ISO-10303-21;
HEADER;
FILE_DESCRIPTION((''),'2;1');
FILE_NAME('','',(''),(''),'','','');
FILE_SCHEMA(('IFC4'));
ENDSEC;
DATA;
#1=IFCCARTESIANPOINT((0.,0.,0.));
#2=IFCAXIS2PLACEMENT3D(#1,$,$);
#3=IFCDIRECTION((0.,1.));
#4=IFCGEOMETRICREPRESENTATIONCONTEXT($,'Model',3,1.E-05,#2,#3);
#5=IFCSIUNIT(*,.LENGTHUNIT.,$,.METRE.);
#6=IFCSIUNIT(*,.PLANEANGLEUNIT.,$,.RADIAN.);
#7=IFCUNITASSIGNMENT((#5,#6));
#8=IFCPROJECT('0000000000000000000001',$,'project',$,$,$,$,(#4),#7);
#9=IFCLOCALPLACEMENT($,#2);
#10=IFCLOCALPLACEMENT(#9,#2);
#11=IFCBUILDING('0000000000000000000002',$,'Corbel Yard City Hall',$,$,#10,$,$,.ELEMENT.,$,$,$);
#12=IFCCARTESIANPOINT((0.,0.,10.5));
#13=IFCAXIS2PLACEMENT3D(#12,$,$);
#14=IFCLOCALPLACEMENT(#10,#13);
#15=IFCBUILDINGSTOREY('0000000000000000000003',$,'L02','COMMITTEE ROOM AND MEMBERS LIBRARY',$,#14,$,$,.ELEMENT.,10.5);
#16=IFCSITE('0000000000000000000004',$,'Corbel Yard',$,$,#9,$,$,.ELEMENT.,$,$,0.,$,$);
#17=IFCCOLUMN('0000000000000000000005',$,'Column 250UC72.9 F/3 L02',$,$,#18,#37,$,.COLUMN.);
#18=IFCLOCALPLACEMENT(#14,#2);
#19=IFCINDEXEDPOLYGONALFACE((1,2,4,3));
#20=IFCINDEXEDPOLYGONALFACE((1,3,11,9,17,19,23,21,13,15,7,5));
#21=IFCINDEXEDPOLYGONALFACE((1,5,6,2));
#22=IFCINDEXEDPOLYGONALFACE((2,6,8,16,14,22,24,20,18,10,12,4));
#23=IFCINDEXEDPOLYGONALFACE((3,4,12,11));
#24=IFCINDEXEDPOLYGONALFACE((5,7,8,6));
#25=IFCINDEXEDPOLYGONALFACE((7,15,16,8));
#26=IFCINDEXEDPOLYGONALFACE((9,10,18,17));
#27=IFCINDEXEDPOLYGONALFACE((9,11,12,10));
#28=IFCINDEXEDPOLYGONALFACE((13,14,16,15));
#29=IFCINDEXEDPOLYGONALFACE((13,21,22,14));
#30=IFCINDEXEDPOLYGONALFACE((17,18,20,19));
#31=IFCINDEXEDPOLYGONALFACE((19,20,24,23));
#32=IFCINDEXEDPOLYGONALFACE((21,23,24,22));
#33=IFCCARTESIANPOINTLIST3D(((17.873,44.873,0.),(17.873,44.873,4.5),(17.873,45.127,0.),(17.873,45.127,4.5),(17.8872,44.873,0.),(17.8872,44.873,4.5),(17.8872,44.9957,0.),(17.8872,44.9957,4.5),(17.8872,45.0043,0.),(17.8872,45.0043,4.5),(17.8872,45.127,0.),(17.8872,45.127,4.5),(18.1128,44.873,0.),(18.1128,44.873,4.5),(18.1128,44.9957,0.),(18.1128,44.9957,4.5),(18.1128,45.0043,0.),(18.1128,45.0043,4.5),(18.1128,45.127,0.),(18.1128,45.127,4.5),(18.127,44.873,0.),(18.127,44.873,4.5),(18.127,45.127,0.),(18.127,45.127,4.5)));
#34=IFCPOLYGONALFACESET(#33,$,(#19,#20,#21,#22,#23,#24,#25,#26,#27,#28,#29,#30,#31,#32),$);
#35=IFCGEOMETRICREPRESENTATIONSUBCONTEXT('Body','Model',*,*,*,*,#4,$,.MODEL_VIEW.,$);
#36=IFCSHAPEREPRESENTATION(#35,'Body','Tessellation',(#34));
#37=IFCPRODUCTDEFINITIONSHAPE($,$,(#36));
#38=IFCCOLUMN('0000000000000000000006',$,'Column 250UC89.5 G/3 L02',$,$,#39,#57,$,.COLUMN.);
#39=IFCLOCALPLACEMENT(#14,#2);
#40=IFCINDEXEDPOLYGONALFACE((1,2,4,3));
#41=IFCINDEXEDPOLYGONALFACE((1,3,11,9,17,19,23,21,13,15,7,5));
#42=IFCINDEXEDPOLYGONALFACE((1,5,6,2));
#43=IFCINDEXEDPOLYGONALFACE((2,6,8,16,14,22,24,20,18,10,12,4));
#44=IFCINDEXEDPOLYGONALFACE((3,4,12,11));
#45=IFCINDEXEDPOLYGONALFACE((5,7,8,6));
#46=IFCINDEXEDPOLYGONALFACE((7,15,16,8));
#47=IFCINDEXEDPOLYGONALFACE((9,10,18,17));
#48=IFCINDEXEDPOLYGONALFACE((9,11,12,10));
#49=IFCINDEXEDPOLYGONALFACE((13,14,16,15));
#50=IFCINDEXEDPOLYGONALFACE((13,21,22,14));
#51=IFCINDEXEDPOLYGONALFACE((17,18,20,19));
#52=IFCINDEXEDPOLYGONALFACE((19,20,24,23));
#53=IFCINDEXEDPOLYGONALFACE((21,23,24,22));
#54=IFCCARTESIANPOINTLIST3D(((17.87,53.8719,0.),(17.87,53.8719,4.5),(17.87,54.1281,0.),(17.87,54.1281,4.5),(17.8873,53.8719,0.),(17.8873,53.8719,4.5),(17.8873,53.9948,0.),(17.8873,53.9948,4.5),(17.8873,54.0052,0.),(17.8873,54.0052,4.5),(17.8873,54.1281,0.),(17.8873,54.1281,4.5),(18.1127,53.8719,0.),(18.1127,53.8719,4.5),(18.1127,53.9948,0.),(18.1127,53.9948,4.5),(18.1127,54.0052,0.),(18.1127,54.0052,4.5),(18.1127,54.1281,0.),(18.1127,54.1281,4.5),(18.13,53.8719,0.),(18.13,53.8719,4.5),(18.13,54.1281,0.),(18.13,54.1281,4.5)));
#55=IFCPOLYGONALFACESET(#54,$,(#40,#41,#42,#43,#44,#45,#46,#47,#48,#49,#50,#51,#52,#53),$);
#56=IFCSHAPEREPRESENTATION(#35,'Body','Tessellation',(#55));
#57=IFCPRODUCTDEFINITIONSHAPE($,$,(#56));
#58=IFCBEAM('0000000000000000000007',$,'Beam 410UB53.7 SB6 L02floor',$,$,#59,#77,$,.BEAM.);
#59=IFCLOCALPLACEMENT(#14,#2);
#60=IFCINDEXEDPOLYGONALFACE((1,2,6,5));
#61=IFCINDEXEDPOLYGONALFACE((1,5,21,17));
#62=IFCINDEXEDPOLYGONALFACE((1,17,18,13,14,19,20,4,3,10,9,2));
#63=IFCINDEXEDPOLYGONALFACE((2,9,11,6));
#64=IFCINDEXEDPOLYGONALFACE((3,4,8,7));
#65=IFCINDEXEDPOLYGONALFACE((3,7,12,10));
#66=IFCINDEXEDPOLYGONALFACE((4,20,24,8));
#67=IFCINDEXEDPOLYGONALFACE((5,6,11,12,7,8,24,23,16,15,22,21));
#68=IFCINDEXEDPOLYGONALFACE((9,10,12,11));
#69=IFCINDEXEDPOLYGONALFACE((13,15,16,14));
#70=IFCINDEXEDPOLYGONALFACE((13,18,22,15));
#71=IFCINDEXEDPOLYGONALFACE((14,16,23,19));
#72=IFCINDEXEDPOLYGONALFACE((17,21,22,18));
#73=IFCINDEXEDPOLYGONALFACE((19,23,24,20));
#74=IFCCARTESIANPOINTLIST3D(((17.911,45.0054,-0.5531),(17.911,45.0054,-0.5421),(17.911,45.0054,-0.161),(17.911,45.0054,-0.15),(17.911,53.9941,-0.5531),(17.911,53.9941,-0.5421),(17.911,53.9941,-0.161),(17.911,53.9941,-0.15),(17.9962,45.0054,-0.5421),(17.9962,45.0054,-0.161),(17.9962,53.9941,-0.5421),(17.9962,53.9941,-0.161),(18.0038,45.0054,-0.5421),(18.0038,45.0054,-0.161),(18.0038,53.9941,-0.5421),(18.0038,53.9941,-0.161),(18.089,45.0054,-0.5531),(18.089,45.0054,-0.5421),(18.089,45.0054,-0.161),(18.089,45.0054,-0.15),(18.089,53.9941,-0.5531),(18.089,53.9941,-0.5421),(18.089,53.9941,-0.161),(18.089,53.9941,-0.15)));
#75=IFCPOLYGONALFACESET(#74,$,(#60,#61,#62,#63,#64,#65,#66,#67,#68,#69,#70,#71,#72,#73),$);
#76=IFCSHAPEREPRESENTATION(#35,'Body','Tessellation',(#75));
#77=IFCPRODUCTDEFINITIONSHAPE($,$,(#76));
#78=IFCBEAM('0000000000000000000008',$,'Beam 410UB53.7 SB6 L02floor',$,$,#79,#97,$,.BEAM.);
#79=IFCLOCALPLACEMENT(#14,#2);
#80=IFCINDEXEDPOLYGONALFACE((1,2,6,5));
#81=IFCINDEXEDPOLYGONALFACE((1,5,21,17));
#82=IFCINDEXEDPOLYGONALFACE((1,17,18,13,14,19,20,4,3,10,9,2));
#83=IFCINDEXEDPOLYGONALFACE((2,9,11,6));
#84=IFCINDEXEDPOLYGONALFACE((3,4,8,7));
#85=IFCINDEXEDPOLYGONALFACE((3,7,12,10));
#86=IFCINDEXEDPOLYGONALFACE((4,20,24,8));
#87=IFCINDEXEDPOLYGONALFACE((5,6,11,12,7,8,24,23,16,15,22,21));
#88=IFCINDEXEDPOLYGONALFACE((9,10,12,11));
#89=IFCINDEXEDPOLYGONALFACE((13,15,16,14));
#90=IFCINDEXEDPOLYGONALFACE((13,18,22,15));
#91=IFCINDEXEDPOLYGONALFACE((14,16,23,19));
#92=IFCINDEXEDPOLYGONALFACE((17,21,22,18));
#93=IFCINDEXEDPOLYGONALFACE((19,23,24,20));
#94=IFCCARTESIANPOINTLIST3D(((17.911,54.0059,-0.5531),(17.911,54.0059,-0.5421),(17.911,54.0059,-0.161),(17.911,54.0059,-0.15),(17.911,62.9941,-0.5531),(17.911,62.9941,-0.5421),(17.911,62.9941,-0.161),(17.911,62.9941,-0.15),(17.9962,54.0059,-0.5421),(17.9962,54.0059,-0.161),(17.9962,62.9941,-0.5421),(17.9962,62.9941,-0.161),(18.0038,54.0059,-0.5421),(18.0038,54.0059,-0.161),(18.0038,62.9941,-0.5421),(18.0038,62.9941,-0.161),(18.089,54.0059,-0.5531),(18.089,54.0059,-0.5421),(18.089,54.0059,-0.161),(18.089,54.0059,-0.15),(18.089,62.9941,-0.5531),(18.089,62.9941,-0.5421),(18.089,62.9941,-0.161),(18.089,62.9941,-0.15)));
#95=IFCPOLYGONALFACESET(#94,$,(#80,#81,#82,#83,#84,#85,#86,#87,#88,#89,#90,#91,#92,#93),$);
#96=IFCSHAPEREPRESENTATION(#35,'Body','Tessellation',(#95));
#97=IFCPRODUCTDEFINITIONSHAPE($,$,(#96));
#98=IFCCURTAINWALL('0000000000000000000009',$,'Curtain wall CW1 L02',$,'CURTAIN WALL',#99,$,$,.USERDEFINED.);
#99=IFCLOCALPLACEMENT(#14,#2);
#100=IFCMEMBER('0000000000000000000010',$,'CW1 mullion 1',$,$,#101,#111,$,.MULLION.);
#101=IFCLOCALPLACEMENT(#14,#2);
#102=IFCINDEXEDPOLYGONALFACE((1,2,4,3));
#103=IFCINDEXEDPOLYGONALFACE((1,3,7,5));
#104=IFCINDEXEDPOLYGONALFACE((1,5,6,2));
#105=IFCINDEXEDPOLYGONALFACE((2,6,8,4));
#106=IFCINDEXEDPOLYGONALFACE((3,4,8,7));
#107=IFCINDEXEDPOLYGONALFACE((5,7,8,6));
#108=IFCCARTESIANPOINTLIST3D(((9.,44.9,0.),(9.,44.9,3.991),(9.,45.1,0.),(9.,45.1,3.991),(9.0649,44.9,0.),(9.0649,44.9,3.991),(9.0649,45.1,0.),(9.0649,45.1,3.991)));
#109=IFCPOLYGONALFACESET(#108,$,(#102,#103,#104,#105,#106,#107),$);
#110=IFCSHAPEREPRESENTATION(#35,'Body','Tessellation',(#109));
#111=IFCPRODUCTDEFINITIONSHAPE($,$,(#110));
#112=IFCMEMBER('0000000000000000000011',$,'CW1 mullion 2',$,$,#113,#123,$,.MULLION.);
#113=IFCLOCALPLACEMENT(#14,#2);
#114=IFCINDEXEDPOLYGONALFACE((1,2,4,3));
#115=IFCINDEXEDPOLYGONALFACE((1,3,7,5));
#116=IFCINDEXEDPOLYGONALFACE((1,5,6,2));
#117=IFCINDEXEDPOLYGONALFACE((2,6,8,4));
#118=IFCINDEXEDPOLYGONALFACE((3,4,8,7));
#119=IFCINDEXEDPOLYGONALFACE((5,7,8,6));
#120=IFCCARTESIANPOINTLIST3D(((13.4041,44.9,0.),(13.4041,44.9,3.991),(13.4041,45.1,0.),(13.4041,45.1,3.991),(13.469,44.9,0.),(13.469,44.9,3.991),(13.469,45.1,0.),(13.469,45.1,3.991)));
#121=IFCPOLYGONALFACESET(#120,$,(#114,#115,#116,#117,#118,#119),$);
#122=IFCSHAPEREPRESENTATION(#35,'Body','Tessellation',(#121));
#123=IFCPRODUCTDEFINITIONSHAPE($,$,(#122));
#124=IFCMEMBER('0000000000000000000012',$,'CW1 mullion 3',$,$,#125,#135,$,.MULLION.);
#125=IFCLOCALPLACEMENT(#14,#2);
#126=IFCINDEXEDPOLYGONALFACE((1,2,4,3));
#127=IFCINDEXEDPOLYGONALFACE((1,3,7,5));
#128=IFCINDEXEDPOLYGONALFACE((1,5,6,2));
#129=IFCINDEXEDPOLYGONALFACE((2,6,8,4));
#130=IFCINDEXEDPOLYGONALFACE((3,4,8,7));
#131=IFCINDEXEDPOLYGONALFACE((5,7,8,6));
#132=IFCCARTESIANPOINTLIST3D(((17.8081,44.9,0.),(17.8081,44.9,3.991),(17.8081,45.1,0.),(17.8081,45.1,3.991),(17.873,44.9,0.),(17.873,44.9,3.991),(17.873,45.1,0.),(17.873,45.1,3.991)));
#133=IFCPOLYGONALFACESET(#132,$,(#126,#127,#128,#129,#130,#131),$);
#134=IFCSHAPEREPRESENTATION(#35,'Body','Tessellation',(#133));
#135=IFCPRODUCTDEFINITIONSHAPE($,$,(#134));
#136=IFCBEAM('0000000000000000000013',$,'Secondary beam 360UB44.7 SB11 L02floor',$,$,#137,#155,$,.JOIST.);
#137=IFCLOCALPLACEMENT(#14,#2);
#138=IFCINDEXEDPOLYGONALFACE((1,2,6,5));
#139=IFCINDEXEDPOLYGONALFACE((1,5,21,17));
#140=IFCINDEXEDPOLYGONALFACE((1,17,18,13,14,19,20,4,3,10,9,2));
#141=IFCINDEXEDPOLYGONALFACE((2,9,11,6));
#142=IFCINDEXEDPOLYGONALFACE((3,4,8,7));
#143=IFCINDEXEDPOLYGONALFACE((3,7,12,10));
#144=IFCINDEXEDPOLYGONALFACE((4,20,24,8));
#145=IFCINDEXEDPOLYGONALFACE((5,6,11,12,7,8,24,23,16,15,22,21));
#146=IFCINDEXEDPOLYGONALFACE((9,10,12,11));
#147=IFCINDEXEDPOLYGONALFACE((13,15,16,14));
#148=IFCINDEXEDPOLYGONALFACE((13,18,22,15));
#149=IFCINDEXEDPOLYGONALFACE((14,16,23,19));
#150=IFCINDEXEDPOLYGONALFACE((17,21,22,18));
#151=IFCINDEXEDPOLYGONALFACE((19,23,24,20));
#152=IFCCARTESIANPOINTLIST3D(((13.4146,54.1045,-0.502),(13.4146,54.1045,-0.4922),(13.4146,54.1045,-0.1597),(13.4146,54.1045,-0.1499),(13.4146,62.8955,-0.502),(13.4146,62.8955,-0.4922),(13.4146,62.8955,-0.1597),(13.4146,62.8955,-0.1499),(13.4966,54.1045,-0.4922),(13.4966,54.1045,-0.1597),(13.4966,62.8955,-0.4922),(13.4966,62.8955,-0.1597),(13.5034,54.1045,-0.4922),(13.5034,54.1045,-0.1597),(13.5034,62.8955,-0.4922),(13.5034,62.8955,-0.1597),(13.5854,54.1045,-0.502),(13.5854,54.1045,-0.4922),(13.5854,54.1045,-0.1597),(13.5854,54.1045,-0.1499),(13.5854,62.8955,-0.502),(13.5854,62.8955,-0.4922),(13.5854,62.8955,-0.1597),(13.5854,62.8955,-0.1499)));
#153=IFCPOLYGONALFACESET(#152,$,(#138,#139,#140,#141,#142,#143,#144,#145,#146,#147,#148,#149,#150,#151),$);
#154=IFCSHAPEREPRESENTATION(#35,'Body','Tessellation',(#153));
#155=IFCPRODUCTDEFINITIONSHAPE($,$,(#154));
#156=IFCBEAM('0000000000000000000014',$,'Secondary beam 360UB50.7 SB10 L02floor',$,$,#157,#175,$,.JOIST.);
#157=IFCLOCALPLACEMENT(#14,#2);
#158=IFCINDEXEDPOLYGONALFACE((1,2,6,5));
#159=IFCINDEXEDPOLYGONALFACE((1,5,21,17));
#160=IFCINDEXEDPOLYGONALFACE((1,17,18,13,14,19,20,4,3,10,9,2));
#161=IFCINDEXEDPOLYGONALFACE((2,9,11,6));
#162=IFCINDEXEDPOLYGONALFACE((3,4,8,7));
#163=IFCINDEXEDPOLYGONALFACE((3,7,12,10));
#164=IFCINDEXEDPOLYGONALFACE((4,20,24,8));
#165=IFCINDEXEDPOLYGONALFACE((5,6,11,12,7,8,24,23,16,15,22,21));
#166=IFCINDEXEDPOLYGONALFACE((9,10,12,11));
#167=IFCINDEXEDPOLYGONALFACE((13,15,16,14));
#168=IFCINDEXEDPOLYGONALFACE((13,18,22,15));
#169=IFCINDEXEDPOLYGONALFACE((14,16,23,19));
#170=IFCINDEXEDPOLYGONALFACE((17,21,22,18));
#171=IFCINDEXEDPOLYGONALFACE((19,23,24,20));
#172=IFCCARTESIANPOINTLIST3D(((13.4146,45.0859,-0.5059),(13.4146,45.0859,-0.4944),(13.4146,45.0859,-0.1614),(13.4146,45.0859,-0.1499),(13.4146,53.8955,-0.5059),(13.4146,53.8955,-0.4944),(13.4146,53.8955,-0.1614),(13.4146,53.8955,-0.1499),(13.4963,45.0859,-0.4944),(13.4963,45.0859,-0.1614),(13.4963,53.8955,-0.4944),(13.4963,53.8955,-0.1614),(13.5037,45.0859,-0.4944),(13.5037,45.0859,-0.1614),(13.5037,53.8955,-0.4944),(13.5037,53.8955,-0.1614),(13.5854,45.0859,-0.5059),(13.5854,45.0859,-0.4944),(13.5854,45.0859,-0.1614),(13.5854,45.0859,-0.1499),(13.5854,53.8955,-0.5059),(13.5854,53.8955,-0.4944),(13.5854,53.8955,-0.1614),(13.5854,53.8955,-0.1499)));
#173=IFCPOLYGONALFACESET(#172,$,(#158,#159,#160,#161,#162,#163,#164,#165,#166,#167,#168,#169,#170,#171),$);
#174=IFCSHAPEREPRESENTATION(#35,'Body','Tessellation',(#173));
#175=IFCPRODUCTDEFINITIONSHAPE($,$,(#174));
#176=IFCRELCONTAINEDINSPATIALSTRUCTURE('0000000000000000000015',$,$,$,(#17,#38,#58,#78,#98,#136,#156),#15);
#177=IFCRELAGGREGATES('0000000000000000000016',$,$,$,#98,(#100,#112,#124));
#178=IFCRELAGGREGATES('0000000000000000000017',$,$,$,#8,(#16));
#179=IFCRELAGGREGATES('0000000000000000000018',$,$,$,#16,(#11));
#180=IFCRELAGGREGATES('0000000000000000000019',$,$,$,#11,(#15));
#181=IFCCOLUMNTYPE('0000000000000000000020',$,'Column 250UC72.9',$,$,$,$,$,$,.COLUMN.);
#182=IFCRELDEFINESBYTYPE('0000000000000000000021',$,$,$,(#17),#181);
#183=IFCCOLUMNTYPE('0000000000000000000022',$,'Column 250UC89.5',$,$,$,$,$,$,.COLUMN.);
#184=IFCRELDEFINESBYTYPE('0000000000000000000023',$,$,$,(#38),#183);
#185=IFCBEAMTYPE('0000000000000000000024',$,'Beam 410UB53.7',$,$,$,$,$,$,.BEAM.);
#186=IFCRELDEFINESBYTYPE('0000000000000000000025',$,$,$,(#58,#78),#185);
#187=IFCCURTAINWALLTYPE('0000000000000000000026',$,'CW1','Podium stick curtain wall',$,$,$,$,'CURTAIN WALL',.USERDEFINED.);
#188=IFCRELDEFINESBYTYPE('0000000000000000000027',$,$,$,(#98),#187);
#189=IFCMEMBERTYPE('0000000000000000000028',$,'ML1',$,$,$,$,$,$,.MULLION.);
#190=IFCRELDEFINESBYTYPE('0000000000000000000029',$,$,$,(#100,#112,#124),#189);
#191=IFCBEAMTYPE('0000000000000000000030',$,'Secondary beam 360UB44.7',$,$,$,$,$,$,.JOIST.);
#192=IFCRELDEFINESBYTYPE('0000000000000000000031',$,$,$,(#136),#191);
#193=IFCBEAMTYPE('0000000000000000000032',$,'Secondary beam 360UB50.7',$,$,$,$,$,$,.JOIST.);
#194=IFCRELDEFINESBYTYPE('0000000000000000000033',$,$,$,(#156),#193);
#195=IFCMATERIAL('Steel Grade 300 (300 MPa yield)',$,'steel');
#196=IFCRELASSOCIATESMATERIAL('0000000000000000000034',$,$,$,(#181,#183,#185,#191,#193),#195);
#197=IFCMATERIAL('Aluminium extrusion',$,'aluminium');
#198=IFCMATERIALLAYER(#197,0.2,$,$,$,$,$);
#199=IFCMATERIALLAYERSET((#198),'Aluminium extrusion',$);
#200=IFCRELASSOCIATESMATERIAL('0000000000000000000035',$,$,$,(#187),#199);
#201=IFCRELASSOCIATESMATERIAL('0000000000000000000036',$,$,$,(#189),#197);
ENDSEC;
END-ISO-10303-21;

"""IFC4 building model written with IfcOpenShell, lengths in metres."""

from ifc_helpers import new_model, si_unit, direction, frame, origin, origin_2d, place, context, subcontext, project, spatial, rectangle, i_section, extrude, material, layer, layer_set, material_profile, profile_set, type_object, element, aggregate, save


model = new_model("IFC4")

# Units and contexts
model_context = context("Model", 3, precision=1e-05, world=origin(), true_north=direction((0.0, 1.0)))
body_context = subcontext(model_context, "Body", "Model", "MODEL_VIEW")
ifc_project = project(units=[si_unit("LENGTHUNIT", "METRE"), si_unit("PLANEANGLEUNIT", "RADIAN")], contexts=[model_context])

# Site, building, storey
site_placement = place(None, origin())
site = spatial("IfcSite", under=ifc_project, at=site_placement, Name="Corbel Yard", CompositionType="ELEMENT", RefElevation=0.0)
building_placement = place(site_placement, origin())
building = spatial("IfcBuilding", under=site, at=building_placement, Name="Corbel Yard City Hall", CompositionType="ELEMENT")
storey_placement = place(building_placement, frame((0.0, 0.0, 10.5)))
storey = spatial("IfcBuildingStorey", under=building, at=storey_placement, Name="L02", Description="COMMITTEE ROOM AND MEMBERS LIBRARY", CompositionType="ELEMENT", Elevation=10.5)

# Columns
ifc_material_1 = material(Name="Steel Grade 300 (300 MPa yield)", Category="steel")
ifc_material_profile_1 = material_profile(ifc_material_1, i_section(OverallWidth=0.2539, OverallDepth=0.2539, WebThickness=0.0085, FlangeThickness=0.0142, at=origin_2d()), Name="250UC72.9")
ifc_profile_set_1 = profile_set([ifc_material_profile_1], Name="Steel Grade 300 (300 MPa yield)")
column_type_1 = type_object("IfcColumnType", Name="Column 250UC72.9", PredefinedType="COLUMN", material=ifc_profile_set_1)
column_1_placement = place(storey_placement, frame((18.0, 45.0, 0.0), z_axis=(0.0, 0.0, 1.0), x_axis=(0.0, 1.0, 0.0)))
element("IfcColumn", 1, at=column_1_placement, inside=storey, type_object=column_type_1, Name="Column 250UC72.9 F/3 L02", PredefinedType="COLUMN", context=body_context, shape_type="SweptSolid", body=[
    extrude(i_section(OverallWidth=0.2539, OverallDepth=0.2539, WebThickness=0.0085, FlangeThickness=0.0142, at=origin_2d()), origin(), (0.0, 0.0, 1.0), 4.5),
])
ifc_material_profile_2 = material_profile(ifc_material_1, i_section(OverallWidth=0.2561, OverallDepth=0.26, WebThickness=0.0105, FlangeThickness=0.0173, at=origin_2d()), Name="250UC89.5")
ifc_profile_set_2 = profile_set([ifc_material_profile_2], Name="Steel Grade 300 (300 MPa yield)")
column_type_2 = type_object("IfcColumnType", Name="Column 250UC89.5", PredefinedType="COLUMN", material=ifc_profile_set_2)
column_2_placement = place(storey_placement, frame((18.0, 54.0, 0.0), z_axis=(0.0, 0.0, 1.0), x_axis=(0.0, 1.0, 0.0)))
element("IfcColumn", 2, at=column_2_placement, inside=storey, type_object=column_type_2, Name="Column 250UC89.5 G/3 L02", PredefinedType="COLUMN", context=body_context, shape_type="SweptSolid", body=[
    extrude(i_section(OverallWidth=0.2561, OverallDepth=0.26, WebThickness=0.0105, FlangeThickness=0.0173, at=origin_2d()), origin(), (0.0, 0.0, 1.0), 4.5),
])

# Beams
ifc_material_profile_3 = material_profile(ifc_material_1, i_section(OverallWidth=0.178, OverallDepth=0.4031, WebThickness=0.0076, FlangeThickness=0.011, at=origin_2d()), Name="410UB53.7")
ifc_profile_set_3 = profile_set([ifc_material_profile_3], Name="Steel Grade 300 (300 MPa yield)")
beam_type_1 = type_object("IfcBeamType", Name="Beam 410UB53.7", PredefinedType="BEAM", material=ifc_profile_set_3)
beam_1_placement = place(storey_placement, frame((18.0, 45.0054, -0.3516), z_axis=(0.0, 1.0, 0.0), x_axis=(-1.0, 0.0, 0.0)))
element("IfcBeam", 3, at=beam_1_placement, inside=storey, type_object=beam_type_1, Name="Beam 410UB53.7 SB6 L02floor", PredefinedType="BEAM", context=body_context, shape_type="SweptSolid", body=[
    extrude(i_section(OverallWidth=0.178, OverallDepth=0.4031, WebThickness=0.0076, FlangeThickness=0.011, at=origin_2d()), origin(), (0.0, 0.0, 1.0), 8.9888),
])
beam_2_placement = place(storey_placement, frame((18.0, 54.0059, -0.3516), z_axis=(0.0, 1.0, 0.0), x_axis=(-1.0, 0.0, 0.0)))
element("IfcBeam", 4, at=beam_2_placement, inside=storey, type_object=beam_type_1, Name="Beam 410UB53.7 SB6 L02floor", PredefinedType="BEAM", context=body_context, shape_type="SweptSolid", body=[
    extrude(i_section(OverallWidth=0.178, OverallDepth=0.4031, WebThickness=0.0076, FlangeThickness=0.011, at=origin_2d()), origin(), (0.0, 0.0, 1.0), 8.9883),
])

# Curtain wall, members
ifc_material_2 = material(Name="Aluminium extrusion", Category="aluminium")
ifc_layer_1 = layer(ifc_material_2, 0.2)
ifc_layer_set_1 = layer_set([ifc_layer_1], Name="Aluminium extrusion")
curtain_wall_type = type_object("IfcCurtainWallType", Name="CW1", Description="Podium stick curtain wall", ElementType="CURTAIN WALL", PredefinedType="USERDEFINED", material=ifc_layer_set_1)
curtain_wall_placement = place(storey_placement, origin())
curtain_wall = element("IfcCurtainWall", 5, at=curtain_wall_placement, inside=storey, type_object=curtain_wall_type, Name="Curtain wall CW1 L02", ObjectType="CURTAIN WALL", PredefinedType="USERDEFINED")
ifc_material_profile_4 = material_profile(ifc_material_2, rectangle(XDim=0.2, YDim=0.0649, at=origin_2d()), Name="200x65")
ifc_profile_set_4 = profile_set([ifc_material_profile_4], Name="Aluminium extrusion")
member_type_1 = type_object("IfcMemberType", Name="ML1", PredefinedType="MULLION", material=ifc_profile_set_4)
member_1_placement = place(storey_placement, frame((9.0325, 45.0, 0.0), z_axis=(0.0, 0.0, 1.0), x_axis=(0.0, 1.0, 0.0)))
member_1 = element("IfcMember", 6, at=member_1_placement, type_object=member_type_1, Name="CW1 mullion 1", PredefinedType="MULLION", context=body_context, shape_type="SweptSolid", body=[
    extrude(rectangle(XDim=0.2, YDim=0.0649, at=origin_2d()), origin(), (0.0, 0.0, 1.0), 3.991),
])
member_2_placement = place(storey_placement, frame((13.4365, 45.0, 0.0), z_axis=(0.0, 0.0, 1.0), x_axis=(0.0, 1.0, 0.0)))
member_2 = element("IfcMember", 7, at=member_2_placement, type_object=member_type_1, Name="CW1 mullion 2", PredefinedType="MULLION", context=body_context, shape_type="SweptSolid", body=[
    extrude(rectangle(XDim=0.2, YDim=0.0649, at=origin_2d()), origin(), (0.0, 0.0, 1.0), 3.991),
])
member_3_placement = place(storey_placement, frame((17.8406, 45.0, 0.0), z_axis=(0.0, 0.0, 1.0), x_axis=(0.0, 1.0, 0.0)))
member_3 = element("IfcMember", 8, at=member_3_placement, type_object=member_type_1, Name="CW1 mullion 3", PredefinedType="MULLION", context=body_context, shape_type="SweptSolid", body=[
    extrude(rectangle(XDim=0.2, YDim=0.0649, at=origin_2d()), origin(), (0.0, 0.0, 1.0), 3.991),
])

# Beams
ifc_material_profile_5 = material_profile(ifc_material_1, i_section(OverallWidth=0.1709, OverallDepth=0.3521, WebThickness=0.0068, FlangeThickness=0.0098, at=origin_2d()), Name="360UB44.7")
ifc_profile_set_5 = profile_set([ifc_material_profile_5], Name="Steel Grade 300 (300 MPa yield)")
beam_type_2 = type_object("IfcBeamType", Name="Secondary beam 360UB44.7", PredefinedType="JOIST", material=ifc_profile_set_5)
beam_3_placement = place(storey_placement, frame((13.5, 54.1045, -0.3259), z_axis=(0.0, 1.0, 0.0), x_axis=(-1.0, 0.0, 0.0)))
element("IfcBeam", 9, at=beam_3_placement, inside=storey, type_object=beam_type_2, Name="Secondary beam 360UB44.7 SB11 L02floor", PredefinedType="JOIST", context=body_context, shape_type="SweptSolid", body=[
    extrude(i_section(OverallWidth=0.1709, OverallDepth=0.3521, WebThickness=0.0068, FlangeThickness=0.0098, at=origin_2d()), origin(), (0.0, 0.0, 1.0), 8.791),
])
ifc_material_profile_6 = material_profile(ifc_material_1, i_section(OverallWidth=0.1709, OverallDepth=0.356, WebThickness=0.0073, FlangeThickness=0.0115, at=origin_2d()), Name="360UB50.7")
ifc_profile_set_6 = profile_set([ifc_material_profile_6], Name="Steel Grade 300 (300 MPa yield)")
beam_type_3 = type_object("IfcBeamType", Name="Secondary beam 360UB50.7", PredefinedType="JOIST", material=ifc_profile_set_6)
beam_4_placement = place(storey_placement, frame((13.5, 45.0859, -0.3279), z_axis=(0.0, 1.0, 0.0), x_axis=(-1.0, 0.0, 0.0)))
element("IfcBeam", 10, at=beam_4_placement, inside=storey, type_object=beam_type_3, Name="Secondary beam 360UB50.7 SB10 L02floor", PredefinedType="JOIST", context=body_context, shape_type="SweptSolid", body=[
    extrude(i_section(OverallWidth=0.1709, OverallDepth=0.356, WebThickness=0.0073, FlangeThickness=0.0115, at=origin_2d()), origin(), (0.0, 0.0, 1.0), 8.8096),
])

aggregate(curtain_wall, [member_1, member_2, member_3])

save(model, "model.ifc")
